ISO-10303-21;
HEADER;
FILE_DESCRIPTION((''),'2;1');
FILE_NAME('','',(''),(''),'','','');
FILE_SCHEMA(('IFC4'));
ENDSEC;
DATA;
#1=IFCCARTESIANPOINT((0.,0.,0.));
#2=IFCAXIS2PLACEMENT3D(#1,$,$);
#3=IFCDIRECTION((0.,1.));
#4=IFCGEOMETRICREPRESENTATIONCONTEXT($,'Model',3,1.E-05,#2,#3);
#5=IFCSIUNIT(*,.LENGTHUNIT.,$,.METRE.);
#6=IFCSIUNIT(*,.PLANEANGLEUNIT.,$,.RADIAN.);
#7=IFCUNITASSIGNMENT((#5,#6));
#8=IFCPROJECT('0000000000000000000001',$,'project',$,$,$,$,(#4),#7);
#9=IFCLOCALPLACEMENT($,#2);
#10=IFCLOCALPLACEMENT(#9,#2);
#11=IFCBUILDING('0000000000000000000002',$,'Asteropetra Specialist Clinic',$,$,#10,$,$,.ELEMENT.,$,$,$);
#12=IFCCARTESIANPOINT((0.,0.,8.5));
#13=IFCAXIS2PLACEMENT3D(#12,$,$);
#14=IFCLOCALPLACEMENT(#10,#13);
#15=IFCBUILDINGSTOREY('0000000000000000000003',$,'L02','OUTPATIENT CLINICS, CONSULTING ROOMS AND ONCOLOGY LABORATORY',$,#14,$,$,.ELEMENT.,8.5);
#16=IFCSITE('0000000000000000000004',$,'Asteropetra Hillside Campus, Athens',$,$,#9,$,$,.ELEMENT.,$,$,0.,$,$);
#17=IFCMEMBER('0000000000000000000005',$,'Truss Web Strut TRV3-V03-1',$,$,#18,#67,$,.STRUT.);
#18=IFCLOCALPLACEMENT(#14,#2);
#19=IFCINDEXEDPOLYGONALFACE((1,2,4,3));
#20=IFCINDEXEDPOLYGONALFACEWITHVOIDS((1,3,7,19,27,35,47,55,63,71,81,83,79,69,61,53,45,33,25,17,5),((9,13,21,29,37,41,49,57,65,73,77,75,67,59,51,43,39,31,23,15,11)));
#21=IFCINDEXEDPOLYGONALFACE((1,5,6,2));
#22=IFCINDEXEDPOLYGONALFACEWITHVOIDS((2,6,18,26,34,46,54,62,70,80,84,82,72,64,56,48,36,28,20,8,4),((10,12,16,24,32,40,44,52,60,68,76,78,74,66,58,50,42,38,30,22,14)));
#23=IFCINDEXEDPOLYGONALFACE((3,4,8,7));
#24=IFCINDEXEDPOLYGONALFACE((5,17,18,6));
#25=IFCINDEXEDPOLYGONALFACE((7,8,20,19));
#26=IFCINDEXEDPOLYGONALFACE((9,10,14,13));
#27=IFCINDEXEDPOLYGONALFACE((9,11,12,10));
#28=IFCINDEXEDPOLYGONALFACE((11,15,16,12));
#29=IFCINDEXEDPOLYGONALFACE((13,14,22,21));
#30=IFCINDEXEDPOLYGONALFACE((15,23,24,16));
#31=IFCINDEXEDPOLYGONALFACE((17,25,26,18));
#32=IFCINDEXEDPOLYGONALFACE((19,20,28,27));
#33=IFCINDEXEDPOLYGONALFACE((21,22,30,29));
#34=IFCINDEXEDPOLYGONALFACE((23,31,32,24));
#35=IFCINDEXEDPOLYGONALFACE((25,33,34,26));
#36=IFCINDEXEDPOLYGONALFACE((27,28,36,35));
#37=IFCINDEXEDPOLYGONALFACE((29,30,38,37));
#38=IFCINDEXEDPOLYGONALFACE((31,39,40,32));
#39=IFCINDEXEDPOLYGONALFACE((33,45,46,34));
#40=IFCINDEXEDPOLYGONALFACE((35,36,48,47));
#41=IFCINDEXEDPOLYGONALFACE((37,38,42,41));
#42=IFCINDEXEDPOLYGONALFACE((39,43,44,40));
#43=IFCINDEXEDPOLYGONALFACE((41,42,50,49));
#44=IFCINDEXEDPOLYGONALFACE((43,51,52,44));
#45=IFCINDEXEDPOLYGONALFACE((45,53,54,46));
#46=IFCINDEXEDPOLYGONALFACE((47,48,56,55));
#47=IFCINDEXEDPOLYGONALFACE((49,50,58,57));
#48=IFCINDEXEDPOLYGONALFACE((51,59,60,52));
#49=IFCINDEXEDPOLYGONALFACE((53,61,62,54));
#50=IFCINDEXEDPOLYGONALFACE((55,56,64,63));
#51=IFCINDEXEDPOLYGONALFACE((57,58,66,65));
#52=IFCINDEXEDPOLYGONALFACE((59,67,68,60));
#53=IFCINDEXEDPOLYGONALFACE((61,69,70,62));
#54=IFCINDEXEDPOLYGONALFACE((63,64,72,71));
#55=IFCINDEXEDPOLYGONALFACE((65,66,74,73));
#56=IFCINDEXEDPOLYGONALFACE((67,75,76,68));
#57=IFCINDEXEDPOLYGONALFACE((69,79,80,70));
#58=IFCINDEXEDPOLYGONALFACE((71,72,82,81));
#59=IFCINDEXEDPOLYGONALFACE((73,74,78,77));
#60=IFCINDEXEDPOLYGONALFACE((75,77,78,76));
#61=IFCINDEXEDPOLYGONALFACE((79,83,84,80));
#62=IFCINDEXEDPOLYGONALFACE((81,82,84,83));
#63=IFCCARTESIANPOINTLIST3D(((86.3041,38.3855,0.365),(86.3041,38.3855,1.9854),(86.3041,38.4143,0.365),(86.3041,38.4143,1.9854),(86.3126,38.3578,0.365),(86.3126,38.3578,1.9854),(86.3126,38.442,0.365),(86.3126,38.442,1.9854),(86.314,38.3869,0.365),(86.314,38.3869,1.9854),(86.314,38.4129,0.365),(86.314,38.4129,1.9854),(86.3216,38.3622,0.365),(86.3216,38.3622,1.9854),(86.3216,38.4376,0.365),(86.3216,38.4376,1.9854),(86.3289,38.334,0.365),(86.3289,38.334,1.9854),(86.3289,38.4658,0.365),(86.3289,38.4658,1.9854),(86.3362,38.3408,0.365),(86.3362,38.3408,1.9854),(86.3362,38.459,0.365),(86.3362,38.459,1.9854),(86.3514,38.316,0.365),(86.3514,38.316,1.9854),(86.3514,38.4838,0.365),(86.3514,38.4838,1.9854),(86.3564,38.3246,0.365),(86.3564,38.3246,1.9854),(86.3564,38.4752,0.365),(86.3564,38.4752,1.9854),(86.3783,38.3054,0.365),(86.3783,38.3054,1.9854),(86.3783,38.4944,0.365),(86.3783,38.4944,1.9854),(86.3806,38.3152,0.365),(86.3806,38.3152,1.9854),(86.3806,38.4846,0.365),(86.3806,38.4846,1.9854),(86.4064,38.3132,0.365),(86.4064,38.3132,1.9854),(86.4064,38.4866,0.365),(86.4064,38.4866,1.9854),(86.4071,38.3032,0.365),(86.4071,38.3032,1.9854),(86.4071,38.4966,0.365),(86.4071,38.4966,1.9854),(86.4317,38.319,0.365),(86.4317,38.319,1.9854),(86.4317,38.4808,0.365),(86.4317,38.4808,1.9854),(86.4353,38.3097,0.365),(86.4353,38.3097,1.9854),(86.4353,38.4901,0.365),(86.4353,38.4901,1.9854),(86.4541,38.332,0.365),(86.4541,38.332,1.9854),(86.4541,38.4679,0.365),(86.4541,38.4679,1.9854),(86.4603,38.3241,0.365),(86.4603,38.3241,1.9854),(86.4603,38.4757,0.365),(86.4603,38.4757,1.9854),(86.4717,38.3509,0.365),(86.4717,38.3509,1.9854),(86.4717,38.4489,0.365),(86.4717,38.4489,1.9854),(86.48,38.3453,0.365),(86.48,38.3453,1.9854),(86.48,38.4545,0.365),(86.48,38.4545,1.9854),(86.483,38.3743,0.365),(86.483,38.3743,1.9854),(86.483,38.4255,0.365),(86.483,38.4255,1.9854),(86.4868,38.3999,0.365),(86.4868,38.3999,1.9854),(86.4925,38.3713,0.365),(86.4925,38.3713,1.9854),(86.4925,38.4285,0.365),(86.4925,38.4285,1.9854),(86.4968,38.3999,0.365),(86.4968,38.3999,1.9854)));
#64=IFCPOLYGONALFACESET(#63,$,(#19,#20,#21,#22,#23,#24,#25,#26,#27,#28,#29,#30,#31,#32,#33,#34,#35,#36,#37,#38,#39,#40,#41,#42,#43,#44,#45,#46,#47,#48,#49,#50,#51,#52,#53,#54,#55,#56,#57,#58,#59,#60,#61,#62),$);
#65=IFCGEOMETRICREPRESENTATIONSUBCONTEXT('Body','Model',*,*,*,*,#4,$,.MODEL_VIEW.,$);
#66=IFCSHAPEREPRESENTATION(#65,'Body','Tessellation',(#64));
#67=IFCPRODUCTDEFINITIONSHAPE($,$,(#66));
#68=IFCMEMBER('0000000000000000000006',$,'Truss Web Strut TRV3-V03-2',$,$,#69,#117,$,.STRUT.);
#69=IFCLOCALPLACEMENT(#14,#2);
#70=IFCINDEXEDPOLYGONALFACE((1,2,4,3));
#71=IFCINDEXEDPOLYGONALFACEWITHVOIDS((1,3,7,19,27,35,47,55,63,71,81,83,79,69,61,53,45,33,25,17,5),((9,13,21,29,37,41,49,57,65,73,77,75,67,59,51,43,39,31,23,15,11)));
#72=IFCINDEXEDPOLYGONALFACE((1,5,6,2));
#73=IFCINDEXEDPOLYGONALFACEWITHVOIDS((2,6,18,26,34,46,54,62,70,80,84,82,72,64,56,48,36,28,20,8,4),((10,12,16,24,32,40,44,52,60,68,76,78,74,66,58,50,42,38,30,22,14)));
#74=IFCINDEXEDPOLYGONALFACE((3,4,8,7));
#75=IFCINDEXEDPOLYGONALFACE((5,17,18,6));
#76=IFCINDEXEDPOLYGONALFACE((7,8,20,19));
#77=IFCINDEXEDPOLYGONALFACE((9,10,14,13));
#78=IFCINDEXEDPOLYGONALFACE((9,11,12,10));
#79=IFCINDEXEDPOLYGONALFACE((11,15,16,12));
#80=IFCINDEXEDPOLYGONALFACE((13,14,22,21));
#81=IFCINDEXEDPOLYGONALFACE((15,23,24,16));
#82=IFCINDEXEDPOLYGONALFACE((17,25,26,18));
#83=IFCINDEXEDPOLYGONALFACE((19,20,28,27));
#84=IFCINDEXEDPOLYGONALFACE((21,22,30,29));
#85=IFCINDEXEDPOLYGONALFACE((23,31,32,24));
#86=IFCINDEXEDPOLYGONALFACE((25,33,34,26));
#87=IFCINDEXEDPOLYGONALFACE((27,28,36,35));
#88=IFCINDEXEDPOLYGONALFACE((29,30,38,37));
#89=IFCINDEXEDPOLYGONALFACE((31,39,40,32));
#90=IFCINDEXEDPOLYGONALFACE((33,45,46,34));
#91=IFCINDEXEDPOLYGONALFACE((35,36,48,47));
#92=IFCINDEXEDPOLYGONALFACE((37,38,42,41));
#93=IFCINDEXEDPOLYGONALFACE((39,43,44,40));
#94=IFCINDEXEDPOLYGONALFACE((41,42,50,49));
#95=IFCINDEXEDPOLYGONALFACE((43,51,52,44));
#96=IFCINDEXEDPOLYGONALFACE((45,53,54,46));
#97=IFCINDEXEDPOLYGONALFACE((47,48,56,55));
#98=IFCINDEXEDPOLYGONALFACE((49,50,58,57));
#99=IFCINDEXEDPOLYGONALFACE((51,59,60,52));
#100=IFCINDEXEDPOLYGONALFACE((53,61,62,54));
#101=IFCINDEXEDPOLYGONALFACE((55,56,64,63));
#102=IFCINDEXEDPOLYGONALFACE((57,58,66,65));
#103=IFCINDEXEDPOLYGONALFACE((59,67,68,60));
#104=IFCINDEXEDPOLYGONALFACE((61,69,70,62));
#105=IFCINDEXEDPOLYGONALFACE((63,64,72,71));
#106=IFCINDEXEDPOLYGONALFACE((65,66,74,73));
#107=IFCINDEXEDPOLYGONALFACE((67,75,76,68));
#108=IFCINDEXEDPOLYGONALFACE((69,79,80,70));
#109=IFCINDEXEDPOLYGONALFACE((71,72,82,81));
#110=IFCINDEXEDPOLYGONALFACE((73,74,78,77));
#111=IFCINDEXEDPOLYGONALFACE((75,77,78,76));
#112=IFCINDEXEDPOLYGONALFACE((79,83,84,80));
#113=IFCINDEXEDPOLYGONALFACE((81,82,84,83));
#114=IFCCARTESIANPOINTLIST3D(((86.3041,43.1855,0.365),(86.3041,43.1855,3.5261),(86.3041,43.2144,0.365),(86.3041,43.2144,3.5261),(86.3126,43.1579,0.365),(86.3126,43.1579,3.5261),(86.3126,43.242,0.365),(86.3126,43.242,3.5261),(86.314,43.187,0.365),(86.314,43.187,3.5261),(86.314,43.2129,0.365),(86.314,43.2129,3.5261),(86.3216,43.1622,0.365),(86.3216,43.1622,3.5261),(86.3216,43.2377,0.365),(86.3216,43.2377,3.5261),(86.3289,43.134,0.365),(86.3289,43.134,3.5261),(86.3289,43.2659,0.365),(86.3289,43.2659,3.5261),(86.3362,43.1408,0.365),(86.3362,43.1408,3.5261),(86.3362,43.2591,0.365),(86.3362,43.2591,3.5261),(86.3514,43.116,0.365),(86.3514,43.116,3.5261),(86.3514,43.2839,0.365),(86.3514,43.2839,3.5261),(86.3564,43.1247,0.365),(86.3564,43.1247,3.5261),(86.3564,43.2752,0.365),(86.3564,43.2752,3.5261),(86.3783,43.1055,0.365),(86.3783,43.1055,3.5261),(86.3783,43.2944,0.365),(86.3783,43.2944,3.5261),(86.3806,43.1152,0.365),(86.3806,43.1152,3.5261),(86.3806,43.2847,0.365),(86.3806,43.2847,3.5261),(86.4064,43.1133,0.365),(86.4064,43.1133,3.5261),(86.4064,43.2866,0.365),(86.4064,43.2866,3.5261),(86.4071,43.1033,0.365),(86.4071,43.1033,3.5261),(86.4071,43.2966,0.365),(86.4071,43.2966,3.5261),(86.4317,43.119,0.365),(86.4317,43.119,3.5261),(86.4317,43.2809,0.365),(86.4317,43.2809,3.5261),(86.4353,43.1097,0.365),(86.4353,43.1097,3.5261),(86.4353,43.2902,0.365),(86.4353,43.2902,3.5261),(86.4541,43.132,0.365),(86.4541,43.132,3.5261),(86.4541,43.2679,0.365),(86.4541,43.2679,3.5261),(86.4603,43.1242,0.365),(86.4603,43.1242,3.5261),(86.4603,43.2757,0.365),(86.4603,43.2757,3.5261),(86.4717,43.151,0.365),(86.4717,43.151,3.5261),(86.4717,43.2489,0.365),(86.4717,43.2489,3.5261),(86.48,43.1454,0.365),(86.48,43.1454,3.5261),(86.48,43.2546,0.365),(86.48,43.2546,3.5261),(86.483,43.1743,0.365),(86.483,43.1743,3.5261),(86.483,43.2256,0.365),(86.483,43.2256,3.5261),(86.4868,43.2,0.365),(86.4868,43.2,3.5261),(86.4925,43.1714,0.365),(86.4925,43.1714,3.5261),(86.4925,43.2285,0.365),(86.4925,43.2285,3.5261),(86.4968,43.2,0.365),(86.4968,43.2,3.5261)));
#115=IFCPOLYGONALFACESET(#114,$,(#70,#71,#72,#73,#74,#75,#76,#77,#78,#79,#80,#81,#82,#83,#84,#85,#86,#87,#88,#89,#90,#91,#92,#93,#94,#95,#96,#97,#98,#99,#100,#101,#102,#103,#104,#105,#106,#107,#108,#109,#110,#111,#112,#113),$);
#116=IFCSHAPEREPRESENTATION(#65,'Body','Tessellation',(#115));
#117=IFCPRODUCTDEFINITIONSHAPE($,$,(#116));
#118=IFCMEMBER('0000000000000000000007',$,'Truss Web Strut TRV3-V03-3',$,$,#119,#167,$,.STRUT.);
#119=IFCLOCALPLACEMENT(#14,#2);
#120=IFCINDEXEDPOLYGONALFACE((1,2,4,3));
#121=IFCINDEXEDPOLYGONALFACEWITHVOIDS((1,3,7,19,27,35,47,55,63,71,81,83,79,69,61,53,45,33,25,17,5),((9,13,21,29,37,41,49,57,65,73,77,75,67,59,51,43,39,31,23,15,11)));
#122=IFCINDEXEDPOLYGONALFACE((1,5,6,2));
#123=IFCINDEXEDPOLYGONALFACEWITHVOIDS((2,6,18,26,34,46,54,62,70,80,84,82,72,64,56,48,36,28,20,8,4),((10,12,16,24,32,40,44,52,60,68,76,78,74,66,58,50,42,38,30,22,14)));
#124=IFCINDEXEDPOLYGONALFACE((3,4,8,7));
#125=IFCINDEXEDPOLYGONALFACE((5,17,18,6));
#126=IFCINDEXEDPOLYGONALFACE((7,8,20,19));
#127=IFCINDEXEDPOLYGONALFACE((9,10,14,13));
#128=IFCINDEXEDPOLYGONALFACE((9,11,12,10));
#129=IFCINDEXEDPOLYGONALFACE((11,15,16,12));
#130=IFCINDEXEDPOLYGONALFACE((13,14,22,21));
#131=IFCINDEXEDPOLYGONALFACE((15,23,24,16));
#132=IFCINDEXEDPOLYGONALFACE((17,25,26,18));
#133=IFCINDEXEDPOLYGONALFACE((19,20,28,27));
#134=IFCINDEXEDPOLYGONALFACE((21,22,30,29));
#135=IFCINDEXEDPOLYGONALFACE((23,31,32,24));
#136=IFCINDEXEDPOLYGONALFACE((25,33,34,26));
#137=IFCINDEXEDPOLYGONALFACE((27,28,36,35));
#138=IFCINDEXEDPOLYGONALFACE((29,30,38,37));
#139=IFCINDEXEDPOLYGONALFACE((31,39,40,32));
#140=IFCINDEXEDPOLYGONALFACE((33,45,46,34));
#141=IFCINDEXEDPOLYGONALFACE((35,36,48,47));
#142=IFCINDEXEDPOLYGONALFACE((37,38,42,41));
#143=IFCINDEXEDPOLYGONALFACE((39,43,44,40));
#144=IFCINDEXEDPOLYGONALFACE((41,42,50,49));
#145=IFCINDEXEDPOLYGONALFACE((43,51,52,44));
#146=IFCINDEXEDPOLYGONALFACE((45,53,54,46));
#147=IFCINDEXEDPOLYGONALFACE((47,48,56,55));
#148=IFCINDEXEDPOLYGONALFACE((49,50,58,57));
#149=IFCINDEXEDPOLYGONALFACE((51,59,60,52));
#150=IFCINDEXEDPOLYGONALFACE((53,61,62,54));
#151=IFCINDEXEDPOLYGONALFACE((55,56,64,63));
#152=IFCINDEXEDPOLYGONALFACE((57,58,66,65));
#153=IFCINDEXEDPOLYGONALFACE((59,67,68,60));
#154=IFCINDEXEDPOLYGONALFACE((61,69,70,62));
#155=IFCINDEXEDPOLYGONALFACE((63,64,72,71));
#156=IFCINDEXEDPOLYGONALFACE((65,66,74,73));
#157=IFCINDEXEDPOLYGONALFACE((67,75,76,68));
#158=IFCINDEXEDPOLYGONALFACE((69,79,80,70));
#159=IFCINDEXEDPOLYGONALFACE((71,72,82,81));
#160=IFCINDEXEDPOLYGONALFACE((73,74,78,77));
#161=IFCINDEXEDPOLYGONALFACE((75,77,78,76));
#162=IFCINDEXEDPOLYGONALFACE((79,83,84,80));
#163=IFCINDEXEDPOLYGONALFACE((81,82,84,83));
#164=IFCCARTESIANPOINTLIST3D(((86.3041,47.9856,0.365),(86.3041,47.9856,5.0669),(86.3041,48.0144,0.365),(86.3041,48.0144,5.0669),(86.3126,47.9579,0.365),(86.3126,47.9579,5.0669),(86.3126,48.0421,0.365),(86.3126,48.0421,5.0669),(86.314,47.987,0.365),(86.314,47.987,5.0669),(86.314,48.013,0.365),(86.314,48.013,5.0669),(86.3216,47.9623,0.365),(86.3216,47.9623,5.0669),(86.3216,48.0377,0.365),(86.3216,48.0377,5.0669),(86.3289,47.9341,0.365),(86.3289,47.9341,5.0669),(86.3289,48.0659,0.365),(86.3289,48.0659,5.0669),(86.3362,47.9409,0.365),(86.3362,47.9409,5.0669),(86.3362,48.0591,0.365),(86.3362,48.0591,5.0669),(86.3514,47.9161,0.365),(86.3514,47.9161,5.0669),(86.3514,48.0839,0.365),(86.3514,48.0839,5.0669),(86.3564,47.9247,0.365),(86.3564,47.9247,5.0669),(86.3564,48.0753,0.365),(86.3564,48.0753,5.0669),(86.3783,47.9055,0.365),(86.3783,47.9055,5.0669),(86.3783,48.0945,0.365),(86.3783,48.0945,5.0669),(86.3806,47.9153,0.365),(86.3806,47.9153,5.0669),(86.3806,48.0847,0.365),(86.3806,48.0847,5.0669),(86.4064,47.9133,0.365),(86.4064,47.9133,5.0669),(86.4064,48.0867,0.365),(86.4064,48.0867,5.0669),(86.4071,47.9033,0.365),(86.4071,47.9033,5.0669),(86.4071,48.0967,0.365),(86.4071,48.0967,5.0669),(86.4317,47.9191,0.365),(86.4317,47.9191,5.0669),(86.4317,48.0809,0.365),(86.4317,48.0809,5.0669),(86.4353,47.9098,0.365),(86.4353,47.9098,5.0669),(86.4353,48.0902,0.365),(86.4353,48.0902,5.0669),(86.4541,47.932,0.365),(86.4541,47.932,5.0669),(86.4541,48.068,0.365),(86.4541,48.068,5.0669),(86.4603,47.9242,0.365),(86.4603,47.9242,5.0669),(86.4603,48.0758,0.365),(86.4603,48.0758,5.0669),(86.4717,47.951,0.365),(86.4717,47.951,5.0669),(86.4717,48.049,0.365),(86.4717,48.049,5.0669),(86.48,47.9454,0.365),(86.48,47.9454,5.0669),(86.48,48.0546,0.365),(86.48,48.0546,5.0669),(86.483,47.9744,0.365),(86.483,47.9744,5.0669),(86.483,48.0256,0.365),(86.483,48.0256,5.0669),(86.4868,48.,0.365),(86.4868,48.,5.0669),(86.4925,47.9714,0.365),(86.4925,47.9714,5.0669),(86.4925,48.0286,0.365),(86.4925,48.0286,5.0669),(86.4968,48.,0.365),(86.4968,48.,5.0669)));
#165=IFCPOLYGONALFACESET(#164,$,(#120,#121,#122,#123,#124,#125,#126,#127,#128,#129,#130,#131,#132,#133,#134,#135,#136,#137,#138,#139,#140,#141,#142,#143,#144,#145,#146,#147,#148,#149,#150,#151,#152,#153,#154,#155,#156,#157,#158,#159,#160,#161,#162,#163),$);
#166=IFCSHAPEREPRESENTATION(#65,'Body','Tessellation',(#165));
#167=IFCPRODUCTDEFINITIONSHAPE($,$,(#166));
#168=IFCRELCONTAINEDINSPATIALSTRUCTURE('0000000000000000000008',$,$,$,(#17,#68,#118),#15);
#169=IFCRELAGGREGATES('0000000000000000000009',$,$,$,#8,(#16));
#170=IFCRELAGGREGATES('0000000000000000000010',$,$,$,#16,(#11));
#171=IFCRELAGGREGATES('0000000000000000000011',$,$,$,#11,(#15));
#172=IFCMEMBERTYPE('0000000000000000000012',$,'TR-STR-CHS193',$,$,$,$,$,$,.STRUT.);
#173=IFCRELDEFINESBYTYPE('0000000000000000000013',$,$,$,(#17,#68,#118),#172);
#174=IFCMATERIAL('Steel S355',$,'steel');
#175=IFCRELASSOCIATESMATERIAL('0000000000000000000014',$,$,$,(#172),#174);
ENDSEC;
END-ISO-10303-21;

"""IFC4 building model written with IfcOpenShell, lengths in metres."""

from ifc_helpers import new_model, si_unit, direction, frame, origin, origin_2d, place, context, subcontext, project, spatial, hollow_circle, extrude, material, material_profile, profile_set, type_object, element, save


model = new_model("IFC4")

# Units and contexts
model_context = context("Model", 3, precision=1e-05, world=origin(), true_north=direction((0.0, 1.0)))
body_context = subcontext(model_context, "Body", "Model", "MODEL_VIEW")
ifc_project = project(units=[si_unit("LENGTHUNIT", "METRE"), si_unit("PLANEANGLEUNIT", "RADIAN")], contexts=[model_context])

# Site, building, storey
site_placement = place(None, origin())
site = spatial("IfcSite", under=ifc_project, at=site_placement, Name="Asteropetra Hillside Campus, Athens", CompositionType="ELEMENT", RefElevation=0.0)
building_placement = place(site_placement, origin())
building = spatial("IfcBuilding", under=site, at=building_placement, Name="Asteropetra Specialist Clinic", CompositionType="ELEMENT")
storey_placement = place(building_placement, frame((0.0, 0.0, 8.5)))
storey = spatial("IfcBuildingStorey", under=building, at=storey_placement, Name="L02", Description="OUTPATIENT CLINICS, CONSULTING ROOMS AND ONCOLOGY LABORATORY", CompositionType="ELEMENT", Elevation=8.5)

# Members
ifc_material_1 = material(Name="Steel S355", Category="steel")
ifc_material_profile_1 = material_profile(ifc_material_1, hollow_circle(Radius=0.0969, WallThickness=0.01, at=origin_2d()), Name="CHS 193.7x10.0")
ifc_profile_set_1 = profile_set([ifc_material_profile_1], Name="Steel S355")
member_type_1 = type_object("IfcMemberType", Name="TR-STR-CHS193", PredefinedType="STRUT", material=ifc_profile_set_1)
member_1_placement = place(storey_placement, frame((86.3999, 38.3999, 0.365), z_axis=(0.0, 0.0, 1.0), x_axis=(1.0, 0.0, 0.0)))
element("IfcMember", 1, at=member_1_placement, inside=storey, type_object=member_type_1, Name="Truss Web Strut TRV3-V03-1", PredefinedType="STRUT", context=body_context, shape_type="SweptSolid", body=[
    extrude(hollow_circle(Radius=0.0969, WallThickness=0.01, at=origin_2d()), origin(), (0.0, 0.0, 1.0), 1.6204),
])
member_2_placement = place(storey_placement, frame((86.3999, 43.2, 0.365), z_axis=(0.0, 0.0, 1.0), x_axis=(1.0, 0.0, 0.0)))
element("IfcMember", 2, at=member_2_placement, inside=storey, type_object=member_type_1, Name="Truss Web Strut TRV3-V03-2", PredefinedType="STRUT", context=body_context, shape_type="SweptSolid", body=[
    extrude(hollow_circle(Radius=0.0969, WallThickness=0.01, at=origin_2d()), origin(), (0.0, 0.0, 1.0), 3.1611),
])
member_3_placement = place(storey_placement, frame((86.3999, 48.0, 0.365), z_axis=(0.0, 0.0, 1.0), x_axis=(1.0, 0.0, 0.0)))
element("IfcMember", 3, at=member_3_placement, inside=storey, type_object=member_type_1, Name="Truss Web Strut TRV3-V03-3", PredefinedType="STRUT", context=body_context, shape_type="SweptSolid", body=[
    extrude(hollow_circle(Radius=0.0969, WallThickness=0.01, at=origin_2d()), origin(), (0.0, 0.0, 1.0), 4.7019),
])

save(model, "model.ifc")
